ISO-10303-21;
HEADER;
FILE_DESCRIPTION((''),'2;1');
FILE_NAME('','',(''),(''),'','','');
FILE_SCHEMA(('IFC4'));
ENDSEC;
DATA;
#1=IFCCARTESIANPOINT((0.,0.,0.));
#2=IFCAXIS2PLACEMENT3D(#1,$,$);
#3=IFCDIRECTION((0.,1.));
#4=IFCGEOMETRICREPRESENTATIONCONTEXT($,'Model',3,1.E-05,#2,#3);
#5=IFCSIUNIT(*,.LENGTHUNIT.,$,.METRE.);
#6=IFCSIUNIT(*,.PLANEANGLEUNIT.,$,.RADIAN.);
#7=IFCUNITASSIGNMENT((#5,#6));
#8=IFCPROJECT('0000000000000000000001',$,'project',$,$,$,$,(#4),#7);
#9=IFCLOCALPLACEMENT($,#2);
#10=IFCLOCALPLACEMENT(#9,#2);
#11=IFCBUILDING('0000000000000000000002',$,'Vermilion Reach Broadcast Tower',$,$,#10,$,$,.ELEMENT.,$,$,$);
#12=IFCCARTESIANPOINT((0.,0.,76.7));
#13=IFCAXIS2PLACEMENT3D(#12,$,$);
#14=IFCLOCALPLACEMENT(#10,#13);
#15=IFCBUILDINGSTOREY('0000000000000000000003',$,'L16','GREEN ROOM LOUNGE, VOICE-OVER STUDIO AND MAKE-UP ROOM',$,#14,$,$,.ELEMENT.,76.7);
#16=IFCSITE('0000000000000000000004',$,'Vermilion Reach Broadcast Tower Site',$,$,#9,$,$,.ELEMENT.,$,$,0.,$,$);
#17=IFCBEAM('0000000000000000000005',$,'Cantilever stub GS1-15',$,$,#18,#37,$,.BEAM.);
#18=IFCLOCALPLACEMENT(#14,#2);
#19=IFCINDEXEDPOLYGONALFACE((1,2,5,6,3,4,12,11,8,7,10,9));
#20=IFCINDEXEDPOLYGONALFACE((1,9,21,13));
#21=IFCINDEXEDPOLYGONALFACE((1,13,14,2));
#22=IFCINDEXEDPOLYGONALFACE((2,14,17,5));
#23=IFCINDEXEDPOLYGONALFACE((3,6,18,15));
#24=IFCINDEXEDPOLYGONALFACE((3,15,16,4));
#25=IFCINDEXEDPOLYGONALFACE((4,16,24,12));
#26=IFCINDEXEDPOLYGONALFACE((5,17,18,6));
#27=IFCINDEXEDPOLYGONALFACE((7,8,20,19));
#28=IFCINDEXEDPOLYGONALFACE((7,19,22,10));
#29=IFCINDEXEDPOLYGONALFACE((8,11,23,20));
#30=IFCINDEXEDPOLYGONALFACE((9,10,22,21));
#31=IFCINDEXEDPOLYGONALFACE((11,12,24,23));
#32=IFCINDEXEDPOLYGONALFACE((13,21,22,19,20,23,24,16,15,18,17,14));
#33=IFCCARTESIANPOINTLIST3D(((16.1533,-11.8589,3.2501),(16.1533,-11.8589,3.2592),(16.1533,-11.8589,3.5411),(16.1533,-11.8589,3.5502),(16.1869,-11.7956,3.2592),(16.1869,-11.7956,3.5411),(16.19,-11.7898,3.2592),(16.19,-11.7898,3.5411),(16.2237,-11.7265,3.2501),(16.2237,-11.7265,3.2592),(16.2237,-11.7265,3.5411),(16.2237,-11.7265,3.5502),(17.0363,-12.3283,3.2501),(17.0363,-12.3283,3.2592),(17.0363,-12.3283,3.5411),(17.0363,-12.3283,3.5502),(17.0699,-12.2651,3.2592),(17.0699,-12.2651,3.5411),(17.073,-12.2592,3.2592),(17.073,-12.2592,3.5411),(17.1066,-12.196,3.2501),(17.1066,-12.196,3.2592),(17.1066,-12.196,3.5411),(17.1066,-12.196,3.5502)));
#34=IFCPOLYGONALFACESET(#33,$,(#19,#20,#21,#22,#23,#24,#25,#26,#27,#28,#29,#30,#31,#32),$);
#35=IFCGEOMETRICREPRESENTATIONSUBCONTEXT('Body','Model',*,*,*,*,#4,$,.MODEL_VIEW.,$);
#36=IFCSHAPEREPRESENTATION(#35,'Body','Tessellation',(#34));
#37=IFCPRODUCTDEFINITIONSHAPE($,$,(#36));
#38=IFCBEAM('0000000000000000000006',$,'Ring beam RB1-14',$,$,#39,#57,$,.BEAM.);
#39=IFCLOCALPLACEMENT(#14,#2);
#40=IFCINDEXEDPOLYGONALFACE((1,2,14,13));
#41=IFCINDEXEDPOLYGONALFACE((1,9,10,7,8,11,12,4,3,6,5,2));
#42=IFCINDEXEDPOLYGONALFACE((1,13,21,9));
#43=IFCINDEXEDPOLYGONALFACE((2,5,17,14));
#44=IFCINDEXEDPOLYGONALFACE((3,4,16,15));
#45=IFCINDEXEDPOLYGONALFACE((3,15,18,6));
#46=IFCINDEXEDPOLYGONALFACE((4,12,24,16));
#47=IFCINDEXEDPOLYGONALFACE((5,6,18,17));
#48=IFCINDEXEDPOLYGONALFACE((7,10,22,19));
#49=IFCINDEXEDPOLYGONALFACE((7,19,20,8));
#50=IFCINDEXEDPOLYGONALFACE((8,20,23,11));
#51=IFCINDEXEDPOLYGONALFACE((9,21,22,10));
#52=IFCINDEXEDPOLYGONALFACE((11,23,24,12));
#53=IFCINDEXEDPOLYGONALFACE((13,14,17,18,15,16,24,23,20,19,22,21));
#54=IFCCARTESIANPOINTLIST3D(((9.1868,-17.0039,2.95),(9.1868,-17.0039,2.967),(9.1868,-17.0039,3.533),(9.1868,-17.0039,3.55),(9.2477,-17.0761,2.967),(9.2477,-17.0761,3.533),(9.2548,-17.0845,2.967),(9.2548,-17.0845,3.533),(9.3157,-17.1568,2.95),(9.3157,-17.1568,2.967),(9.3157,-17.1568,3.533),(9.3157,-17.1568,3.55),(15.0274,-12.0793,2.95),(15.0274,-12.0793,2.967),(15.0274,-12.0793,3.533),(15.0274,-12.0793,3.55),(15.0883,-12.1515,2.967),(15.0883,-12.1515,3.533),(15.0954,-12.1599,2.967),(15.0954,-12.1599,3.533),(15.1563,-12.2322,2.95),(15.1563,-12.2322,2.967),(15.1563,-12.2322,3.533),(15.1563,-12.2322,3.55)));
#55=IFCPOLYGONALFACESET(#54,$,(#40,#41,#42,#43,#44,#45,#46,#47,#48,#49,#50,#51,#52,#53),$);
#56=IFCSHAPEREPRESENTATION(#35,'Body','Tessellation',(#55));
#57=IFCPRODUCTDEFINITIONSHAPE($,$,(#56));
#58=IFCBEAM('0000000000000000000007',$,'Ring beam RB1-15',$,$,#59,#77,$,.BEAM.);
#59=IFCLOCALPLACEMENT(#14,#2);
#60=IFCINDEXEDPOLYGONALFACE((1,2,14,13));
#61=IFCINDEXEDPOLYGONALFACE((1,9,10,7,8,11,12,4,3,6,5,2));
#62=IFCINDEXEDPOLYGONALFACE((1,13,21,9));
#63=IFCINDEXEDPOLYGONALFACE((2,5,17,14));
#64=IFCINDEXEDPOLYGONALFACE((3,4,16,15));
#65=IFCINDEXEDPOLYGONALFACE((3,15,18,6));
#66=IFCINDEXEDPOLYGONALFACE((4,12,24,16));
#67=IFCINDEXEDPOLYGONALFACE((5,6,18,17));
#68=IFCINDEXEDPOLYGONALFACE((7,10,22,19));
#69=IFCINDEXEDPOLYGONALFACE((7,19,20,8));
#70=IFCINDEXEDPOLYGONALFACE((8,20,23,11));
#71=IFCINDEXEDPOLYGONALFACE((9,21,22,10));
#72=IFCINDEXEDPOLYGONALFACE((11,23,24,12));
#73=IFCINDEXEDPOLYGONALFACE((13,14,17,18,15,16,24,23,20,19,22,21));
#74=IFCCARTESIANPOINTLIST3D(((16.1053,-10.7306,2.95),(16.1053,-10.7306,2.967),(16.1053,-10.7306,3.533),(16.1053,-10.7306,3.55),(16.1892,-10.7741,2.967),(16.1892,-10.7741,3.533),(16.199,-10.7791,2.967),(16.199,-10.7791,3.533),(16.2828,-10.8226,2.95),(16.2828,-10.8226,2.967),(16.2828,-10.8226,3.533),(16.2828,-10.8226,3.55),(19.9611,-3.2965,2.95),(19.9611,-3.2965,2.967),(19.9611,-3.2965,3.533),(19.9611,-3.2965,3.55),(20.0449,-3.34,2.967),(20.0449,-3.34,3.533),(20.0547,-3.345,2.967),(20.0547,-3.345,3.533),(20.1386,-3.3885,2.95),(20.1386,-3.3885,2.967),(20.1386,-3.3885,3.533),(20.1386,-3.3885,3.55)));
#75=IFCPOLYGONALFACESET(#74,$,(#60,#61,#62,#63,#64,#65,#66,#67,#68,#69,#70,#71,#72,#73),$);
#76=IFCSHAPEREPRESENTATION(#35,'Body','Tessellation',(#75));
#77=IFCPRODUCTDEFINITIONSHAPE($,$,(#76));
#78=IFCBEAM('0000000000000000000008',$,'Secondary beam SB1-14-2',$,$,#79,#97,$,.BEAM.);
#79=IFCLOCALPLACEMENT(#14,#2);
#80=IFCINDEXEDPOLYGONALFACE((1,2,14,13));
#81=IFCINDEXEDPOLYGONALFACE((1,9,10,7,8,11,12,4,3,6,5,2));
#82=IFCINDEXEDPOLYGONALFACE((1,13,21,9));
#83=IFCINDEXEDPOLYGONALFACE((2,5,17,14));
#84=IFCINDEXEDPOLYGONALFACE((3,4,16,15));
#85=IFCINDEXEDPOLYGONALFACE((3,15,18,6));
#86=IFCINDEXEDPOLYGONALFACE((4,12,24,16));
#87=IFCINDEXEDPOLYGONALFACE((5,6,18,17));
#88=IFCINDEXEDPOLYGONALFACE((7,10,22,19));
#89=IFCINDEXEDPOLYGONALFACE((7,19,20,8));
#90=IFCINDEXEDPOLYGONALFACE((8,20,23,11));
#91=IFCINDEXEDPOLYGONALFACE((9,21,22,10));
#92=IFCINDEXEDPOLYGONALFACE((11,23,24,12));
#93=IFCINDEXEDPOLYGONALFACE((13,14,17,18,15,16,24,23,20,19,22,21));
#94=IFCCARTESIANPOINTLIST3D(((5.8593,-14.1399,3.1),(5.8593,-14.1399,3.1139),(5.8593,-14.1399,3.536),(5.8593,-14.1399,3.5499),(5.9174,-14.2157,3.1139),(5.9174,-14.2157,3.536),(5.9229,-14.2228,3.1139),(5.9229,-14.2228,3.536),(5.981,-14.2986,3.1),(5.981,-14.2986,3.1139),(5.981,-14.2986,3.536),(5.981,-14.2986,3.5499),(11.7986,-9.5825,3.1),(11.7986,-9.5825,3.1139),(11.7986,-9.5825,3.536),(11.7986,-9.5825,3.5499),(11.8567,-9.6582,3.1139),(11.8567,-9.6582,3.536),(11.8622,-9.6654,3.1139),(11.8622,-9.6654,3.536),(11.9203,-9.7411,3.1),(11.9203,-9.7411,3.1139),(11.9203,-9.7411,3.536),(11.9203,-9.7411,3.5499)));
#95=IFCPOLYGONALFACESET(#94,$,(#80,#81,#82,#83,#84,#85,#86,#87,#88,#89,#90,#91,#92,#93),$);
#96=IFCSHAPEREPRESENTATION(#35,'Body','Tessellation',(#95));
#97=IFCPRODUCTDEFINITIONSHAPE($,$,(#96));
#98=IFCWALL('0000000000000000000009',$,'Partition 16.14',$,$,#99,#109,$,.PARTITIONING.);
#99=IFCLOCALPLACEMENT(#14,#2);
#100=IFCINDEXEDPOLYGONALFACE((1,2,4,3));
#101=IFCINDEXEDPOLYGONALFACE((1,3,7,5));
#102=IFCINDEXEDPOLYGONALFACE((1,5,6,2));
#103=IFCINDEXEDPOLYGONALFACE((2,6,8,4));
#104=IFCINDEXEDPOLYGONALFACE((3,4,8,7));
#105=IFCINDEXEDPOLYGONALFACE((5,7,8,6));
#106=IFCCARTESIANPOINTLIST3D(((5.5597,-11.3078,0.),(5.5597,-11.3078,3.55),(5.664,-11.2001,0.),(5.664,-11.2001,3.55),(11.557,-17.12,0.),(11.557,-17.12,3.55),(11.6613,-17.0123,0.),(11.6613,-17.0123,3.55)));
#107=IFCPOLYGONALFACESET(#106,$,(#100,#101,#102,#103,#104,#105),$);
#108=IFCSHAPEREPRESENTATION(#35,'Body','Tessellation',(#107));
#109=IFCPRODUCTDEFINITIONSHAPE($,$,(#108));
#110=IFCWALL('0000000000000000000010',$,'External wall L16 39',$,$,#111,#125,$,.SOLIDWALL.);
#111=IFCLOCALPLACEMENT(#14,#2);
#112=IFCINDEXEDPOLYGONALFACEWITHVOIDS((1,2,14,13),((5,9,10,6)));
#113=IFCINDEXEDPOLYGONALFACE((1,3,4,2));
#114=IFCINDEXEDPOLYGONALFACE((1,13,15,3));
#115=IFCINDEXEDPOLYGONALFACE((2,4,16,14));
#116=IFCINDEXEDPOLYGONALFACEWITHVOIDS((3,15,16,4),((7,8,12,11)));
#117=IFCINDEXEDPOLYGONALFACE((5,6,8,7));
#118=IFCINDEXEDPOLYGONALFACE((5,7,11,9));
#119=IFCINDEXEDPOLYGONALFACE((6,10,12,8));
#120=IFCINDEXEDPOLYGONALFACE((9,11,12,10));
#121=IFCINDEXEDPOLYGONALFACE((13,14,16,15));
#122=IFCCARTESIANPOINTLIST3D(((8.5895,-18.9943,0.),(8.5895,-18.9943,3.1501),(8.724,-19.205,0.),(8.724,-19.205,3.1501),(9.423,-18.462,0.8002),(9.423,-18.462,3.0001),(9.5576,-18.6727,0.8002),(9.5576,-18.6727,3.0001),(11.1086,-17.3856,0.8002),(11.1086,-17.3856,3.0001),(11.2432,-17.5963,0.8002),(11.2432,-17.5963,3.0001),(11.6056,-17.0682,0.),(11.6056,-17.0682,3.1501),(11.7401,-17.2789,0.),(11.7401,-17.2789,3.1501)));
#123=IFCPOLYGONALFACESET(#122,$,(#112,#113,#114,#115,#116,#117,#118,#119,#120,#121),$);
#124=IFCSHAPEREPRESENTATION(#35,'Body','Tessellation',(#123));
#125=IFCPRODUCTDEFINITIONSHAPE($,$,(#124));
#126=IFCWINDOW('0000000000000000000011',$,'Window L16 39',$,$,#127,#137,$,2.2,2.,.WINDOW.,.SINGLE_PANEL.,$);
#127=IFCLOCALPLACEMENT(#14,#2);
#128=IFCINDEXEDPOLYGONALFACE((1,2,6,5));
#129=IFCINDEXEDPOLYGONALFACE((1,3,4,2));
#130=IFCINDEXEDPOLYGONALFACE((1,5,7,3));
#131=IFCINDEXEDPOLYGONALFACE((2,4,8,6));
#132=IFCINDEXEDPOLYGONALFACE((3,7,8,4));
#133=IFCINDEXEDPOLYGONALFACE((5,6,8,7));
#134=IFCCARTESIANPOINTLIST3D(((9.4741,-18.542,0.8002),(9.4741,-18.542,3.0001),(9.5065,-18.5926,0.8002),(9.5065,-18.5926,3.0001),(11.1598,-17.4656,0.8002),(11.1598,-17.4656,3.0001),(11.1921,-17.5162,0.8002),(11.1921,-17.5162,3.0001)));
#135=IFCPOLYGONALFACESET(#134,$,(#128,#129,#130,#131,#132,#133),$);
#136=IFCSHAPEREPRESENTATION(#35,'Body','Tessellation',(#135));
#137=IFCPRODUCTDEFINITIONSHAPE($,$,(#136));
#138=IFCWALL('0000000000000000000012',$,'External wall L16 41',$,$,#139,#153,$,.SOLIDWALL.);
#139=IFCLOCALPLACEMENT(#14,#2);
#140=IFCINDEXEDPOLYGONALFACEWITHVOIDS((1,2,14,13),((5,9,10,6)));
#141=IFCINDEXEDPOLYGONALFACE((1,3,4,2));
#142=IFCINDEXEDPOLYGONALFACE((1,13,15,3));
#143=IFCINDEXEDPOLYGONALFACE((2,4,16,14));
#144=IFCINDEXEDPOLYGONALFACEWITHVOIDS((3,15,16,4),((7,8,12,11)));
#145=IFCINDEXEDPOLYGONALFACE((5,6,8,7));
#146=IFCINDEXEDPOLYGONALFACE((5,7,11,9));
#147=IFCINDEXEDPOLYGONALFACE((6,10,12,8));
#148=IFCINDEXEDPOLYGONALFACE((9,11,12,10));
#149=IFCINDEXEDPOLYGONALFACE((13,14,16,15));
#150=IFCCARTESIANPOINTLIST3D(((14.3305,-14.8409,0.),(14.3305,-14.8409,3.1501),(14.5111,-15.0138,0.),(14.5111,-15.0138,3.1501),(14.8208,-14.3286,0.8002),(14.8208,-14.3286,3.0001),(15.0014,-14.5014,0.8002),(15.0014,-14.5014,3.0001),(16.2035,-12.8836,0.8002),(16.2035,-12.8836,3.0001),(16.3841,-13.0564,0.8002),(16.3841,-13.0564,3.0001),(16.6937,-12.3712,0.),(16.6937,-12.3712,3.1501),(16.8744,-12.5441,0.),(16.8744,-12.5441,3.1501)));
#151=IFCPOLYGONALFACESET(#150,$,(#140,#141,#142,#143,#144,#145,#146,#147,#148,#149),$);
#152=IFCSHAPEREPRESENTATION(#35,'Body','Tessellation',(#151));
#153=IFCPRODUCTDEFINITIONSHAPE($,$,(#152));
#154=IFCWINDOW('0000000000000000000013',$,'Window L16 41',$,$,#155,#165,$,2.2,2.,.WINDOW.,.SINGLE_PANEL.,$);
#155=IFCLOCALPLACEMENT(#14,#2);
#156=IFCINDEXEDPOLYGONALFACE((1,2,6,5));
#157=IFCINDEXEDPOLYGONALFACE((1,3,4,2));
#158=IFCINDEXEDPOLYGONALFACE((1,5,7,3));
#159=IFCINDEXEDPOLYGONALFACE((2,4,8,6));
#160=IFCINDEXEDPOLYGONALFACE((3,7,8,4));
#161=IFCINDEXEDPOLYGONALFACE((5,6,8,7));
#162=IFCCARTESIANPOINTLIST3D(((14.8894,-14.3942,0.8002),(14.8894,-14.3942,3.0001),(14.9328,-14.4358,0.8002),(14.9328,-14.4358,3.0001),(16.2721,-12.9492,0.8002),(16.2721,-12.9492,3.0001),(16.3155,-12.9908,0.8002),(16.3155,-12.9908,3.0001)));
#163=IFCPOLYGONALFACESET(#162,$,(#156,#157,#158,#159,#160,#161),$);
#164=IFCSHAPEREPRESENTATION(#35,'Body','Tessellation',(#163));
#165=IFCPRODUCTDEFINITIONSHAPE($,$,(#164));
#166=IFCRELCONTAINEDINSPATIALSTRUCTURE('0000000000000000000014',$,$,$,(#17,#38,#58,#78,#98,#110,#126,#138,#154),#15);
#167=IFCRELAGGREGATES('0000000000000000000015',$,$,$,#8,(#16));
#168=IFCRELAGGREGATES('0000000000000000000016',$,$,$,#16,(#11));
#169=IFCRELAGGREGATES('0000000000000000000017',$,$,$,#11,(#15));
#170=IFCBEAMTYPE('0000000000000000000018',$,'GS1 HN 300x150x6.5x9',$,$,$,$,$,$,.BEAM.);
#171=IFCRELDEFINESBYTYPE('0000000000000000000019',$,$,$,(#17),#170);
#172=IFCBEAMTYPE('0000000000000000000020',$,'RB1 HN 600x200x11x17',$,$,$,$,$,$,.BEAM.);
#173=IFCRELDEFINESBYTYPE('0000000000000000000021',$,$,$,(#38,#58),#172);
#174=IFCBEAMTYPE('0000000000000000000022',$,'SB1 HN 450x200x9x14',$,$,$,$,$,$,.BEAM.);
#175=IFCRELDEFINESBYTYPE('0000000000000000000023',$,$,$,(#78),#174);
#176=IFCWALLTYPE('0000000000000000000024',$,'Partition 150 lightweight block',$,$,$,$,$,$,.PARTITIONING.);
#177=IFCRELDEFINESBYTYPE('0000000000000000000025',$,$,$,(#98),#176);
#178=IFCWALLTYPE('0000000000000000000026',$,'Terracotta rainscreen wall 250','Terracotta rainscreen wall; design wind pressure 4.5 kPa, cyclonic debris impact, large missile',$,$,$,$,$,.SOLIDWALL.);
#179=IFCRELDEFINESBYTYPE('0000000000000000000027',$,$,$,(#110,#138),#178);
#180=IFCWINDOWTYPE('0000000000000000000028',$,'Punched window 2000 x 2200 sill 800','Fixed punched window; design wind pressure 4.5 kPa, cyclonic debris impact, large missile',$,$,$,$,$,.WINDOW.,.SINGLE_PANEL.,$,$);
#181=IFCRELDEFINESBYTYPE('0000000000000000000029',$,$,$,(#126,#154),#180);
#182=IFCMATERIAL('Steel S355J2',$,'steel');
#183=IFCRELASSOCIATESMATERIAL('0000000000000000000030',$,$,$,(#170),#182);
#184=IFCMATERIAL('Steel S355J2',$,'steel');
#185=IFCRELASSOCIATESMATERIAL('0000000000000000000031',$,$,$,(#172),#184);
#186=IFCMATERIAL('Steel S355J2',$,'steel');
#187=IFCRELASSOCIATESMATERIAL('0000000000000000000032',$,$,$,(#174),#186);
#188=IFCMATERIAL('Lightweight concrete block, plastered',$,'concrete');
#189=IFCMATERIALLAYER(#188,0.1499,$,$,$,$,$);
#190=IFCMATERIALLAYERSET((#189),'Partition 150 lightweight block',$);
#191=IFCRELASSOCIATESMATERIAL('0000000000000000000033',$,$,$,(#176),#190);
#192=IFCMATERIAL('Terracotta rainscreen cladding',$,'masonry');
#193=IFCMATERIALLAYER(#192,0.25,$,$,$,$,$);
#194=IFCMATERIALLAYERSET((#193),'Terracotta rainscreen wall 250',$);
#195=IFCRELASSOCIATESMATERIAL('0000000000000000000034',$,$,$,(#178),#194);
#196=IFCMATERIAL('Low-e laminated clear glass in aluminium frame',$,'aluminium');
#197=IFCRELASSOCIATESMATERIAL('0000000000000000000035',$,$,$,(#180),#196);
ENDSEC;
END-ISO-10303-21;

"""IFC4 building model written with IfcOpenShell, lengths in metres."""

from ifc_helpers import new_model, si_unit, direction, frame, frame_2d, origin, origin_2d, place, context, subcontext, project, spatial, rectangle, i_section, extrude, material, layer, layer_set, material_profile, profile_set, type_object, element, fill, save


model = new_model("IFC4")

# Units and contexts
model_context = context("Model", 3, precision=1e-05, world=origin(), true_north=direction((0.0, 1.0)))
body_context = subcontext(model_context, "Body", "Model", "MODEL_VIEW")
ifc_project = project(units=[si_unit("LENGTHUNIT", "METRE"), si_unit("PLANEANGLEUNIT", "RADIAN")], contexts=[model_context])

# Site, building, storey
site_placement = place(None, origin())
site = spatial("IfcSite", under=ifc_project, at=site_placement, Name="Vermilion Reach Broadcast Tower Site", CompositionType="ELEMENT", RefElevation=0.0)
building_placement = place(site_placement, origin())
building = spatial("IfcBuilding", under=site, at=building_placement, Name="Vermilion Reach Broadcast Tower", CompositionType="ELEMENT")
storey_placement = place(building_placement, frame((0.0, 0.0, 76.7)))
storey = spatial("IfcBuildingStorey", under=building, at=storey_placement, Name="L16", Description="GREEN ROOM LOUNGE, VOICE-OVER STUDIO AND MAKE-UP ROOM", CompositionType="ELEMENT", Elevation=76.7)

# Beams
ifc_material_1 = material(Name="Steel S355J2", Category="steel")
ifc_material_profile_1 = material_profile(ifc_material_1, i_section(OverallWidth=0.1499, OverallDepth=0.3, WebThickness=0.0066, FlangeThickness=0.009, at=origin_2d()), Name="S355J2 HN 300x150x6.5x9")
ifc_profile_set_1 = profile_set([ifc_material_profile_1], Name="Steel S355J2")
beam_type_1 = type_object("IfcBeamType", Name="GS1 HN 300x150x6.5x9", PredefinedType="BEAM", material=ifc_profile_set_1)
for number, where, z_axis, x_axis, name in (
    (1, (16.1885, -11.7927, 3.4001), (0.882967, -0.469435, 0.0), (0.469435, 0.882967, 0.0), "Cantilever stub GS1-15"),
):
    element("IfcBeam", number, at=place(storey_placement, frame(where, z_axis=z_axis, x_axis=x_axis)), inside=storey, type_object=beam_type_1, Name=name, PredefinedType="BEAM", context=body_context, shape_type="SweptSolid", body=[
        extrude(i_section(OverallWidth=0.1499, OverallDepth=0.3, WebThickness=0.0066, FlangeThickness=0.009, at=origin_2d()), origin(), (0.0, 0.0, 1.0), 1.0),
    ])
ifc_material_2 = material(Name="Steel S355J2", Category="steel")
ifc_material_profile_2 = material_profile(ifc_material_2, i_section(OverallWidth=0.2, OverallDepth=0.6001, WebThickness=0.011, FlangeThickness=0.0171, at=origin_2d()), Name="S355J2 HN 600x200x11x17")
ifc_profile_set_2 = profile_set([ifc_material_profile_2], Name="Steel S355J2")
beam_type_2 = type_object("IfcBeamType", Name="RB1 HN 600x200x11x17", PredefinedType="BEAM", material=ifc_profile_set_2)
beam_1_placement = place(storey_placement, frame((9.2512, -17.0803, 3.25), z_axis=(0.764512, 0.644609, 0.0), x_axis=(-0.644609, 0.764512, 0.0)))
element("IfcBeam", 2, at=beam_1_placement, inside=storey, type_object=beam_type_2, Name="Ring beam RB1-14", PredefinedType="BEAM", context=body_context, shape_type="SweptSolid", body=[
    extrude(i_section(OverallWidth=0.2, OverallDepth=0.6001, WebThickness=0.011, FlangeThickness=0.0171, at=origin_2d()), origin(), (0.0, 0.0, 1.0), 7.6396),
])
beam_2_placement = place(storey_placement, frame((16.1941, -10.7766, 3.25), z_axis=(0.460412, 0.887706, 0.0), x_axis=(-0.887706, 0.460412, 0.0)))
element("IfcBeam", 3, at=beam_2_placement, inside=storey, type_object=beam_type_2, Name="Ring beam RB1-15", PredefinedType="BEAM", context=body_context, shape_type="SweptSolid", body=[
    extrude(i_section(OverallWidth=0.2, OverallDepth=0.6001, WebThickness=0.011, FlangeThickness=0.0171, at=origin_2d()), origin(), (0.0, 0.0, 1.0), 8.3745),
])
ifc_material_3 = material(Name="Steel S355J2", Category="steel")
ifc_material_profile_3 = material_profile(ifc_material_3, i_section(OverallWidth=0.2, OverallDepth=0.45, WebThickness=0.009, FlangeThickness=0.0139, at=origin_2d()), Name="S355J2 HN 450x200x9x14")
ifc_profile_set_3 = profile_set([ifc_material_profile_3], Name="Steel S355J2")
beam_type_3 = type_object("IfcBeamType", Name="SB1 HN 450x200x9x14", PredefinedType="BEAM", material=ifc_profile_set_3)
beam_3_placement = place(storey_placement, frame((5.9202, -14.2192, 3.325), z_axis=(0.79335, 0.608766, 0.0), x_axis=(-0.608766, 0.79335, 0.0)))
element("IfcBeam", 4, at=beam_3_placement, inside=storey, type_object=beam_type_3, Name="Secondary beam SB1-14-2", PredefinedType="BEAM", context=body_context, shape_type="SweptSolid", body=[
    extrude(i_section(OverallWidth=0.2, OverallDepth=0.45, WebThickness=0.009, FlangeThickness=0.0139, at=origin_2d()), origin(), (0.0, 0.0, 1.0), 7.4863),
])

# Wall
ifc_material_4 = material(Name="Lightweight concrete block, plastered", Category="concrete")
ifc_layer_1 = layer(ifc_material_4, 0.1499)
ifc_layer_set_1 = layer_set([ifc_layer_1], Name="Partition 150 lightweight block")
wall_type_1 = type_object("IfcWallType", Name="Partition 150 lightweight block", PredefinedType="PARTITIONING", material=ifc_layer_set_1)
wall_1_placement = place(storey_placement, frame((11.6091, -17.0662, 0.0), z_axis=(0.0, 0.0, 1.0), x_axis=(-0.718099, 0.695941, 0.0)))
element("IfcWall", 5, at=wall_1_placement, inside=storey, type_object=wall_type_1, Name="Partition 16.14", PredefinedType="PARTITIONING", context=body_context, shape_type="SweptSolid", body=[
    extrude(rectangle(XDim=8.3516, YDim=0.1499, at=frame_2d((4.1758, 0.0))), origin(), (0.0, 0.0, 1.0), 3.55),
])

# Wall, opening, window
ifc_material_5 = material(Name="Terracotta rainscreen cladding", Category="masonry")
ifc_layer_2 = layer(ifc_material_5, 0.25)
ifc_layer_set_2 = layer_set([ifc_layer_2], Name="Terracotta rainscreen wall 250")
wall_type_2 = type_object("IfcWallType", Name="Terracotta rainscreen wall 250", Description="Terracotta rainscreen wall; design wind pressure 4.5 kPa, cyclonic debris impact, large missile", PredefinedType="SOLIDWALL", material=ifc_layer_set_2)
wall_2_placement = place(storey_placement, frame((8.6567, -19.0996, 0.0), z_axis=(0.0, 0.0, 1.0), x_axis=(0.842815, 0.538204, 0.0)))
wall_2 = element("IfcWall", 6, at=wall_2_placement, inside=storey, type_object=wall_type_2, Name="External wall L16 39", PredefinedType="SOLIDWALL", context=body_context, shape_type="SweptSolid", body=[
    extrude(rectangle(XDim=3.5786, YDim=0.25, at=frame_2d((1.7893, 0.0))), origin(), (0.0, 0.0, 1.0), 3.1501),
])
opening_1_placement = place(wall_2_placement, frame((0.989, 0.0, 0.8)))
opening_1 = element("IfcOpeningElement", 7, at=opening_1_placement, cuts=wall_2, PredefinedType="OPENING", context=body_context, shape_type="SweptSolid", body=[
    extrude(rectangle(XDim=2.0, YDim=2.2, at=frame_2d((1.0, 1.1001))), frame((0.0, 0.135, 0.0), z_axis=(0.0, -1.0, 0.0), x_axis=(1.0, 0.0, 0.0)), (0.0, 0.0, 1.0), 0.27),
])
ifc_material_6 = material(Name="Low-e laminated clear glass in aluminium frame", Category="aluminium")
window_type = type_object("IfcWindowType", Name="Punched window 2000 x 2200 sill 800", Description="Fixed punched window; design wind pressure 4.5 kPa, cyclonic debris impact, large missile", PartitioningType="SINGLE_PANEL", PredefinedType="WINDOW", material=ifc_material_6)
window_1_placement = place(opening_1_placement, origin())
window_1 = element("IfcWindow", 8, at=window_1_placement, inside=storey, type_object=window_type, Name="Window L16 39", OverallHeight=2.2, OverallWidth=2.0, PartitioningType="SINGLE_PANEL", PredefinedType="WINDOW", context=body_context, shape_type="SweptSolid", body=[
    extrude(rectangle(XDim=2.0, YDim=2.2, at=frame_2d((1.0, 1.1001))), frame((0.0, 0.03, 0.0), z_axis=(0.0, -1.0, 0.0), x_axis=(1.0, 0.0, 0.0)), (0.0, 0.0, 1.0), 0.0601),
])
fill(opening_1, window_1)

# Wall, opening, window
wall_3_placement = place(storey_placement, frame((14.4209, -14.9272, 0.0), z_axis=(0.0, 0.0, 1.0), x_axis=(0.691365, 0.722505, 0.0)))
wall_3 = element("IfcWall", 9, at=wall_3_placement, inside=storey, type_object=wall_type_2, Name="External wall L16 41", PredefinedType="SOLIDWALL", context=body_context, shape_type="SweptSolid", body=[
    extrude(rectangle(XDim=3.4182, YDim=0.25, at=frame_2d((1.709, 0.0))), origin(), (0.0, 0.0, 1.0), 3.1501),
])
opening_2_placement = place(wall_3_placement, frame((0.709, 0.0, 0.8)))
opening_2 = element("IfcOpeningElement", 10, at=opening_2_placement, cuts=wall_3, PredefinedType="OPENING", context=body_context, shape_type="SweptSolid", body=[
    extrude(rectangle(XDim=2.0, YDim=2.2, at=frame_2d((1.0, 1.1001))), frame((0.0, 0.135, 0.0), z_axis=(0.0, -1.0, 0.0), x_axis=(1.0, 0.0, 0.0)), (0.0, 0.0, 1.0), 0.27),
])
window_2_placement = place(opening_2_placement, origin())
window_2 = element("IfcWindow", 11, at=window_2_placement, inside=storey, type_object=window_type, Name="Window L16 41", OverallHeight=2.2, OverallWidth=2.0, PartitioningType="SINGLE_PANEL", PredefinedType="WINDOW", context=body_context, shape_type="SweptSolid", body=[
    extrude(rectangle(XDim=2.0, YDim=2.2, at=frame_2d((1.0, 1.1001))), frame((0.0, 0.03, 0.0), z_axis=(0.0, -1.0, 0.0), x_axis=(1.0, 0.0, 0.0)), (0.0, 0.0, 1.0), 0.0601),
])
fill(opening_2, window_2)

save(model, "model.ifc")
